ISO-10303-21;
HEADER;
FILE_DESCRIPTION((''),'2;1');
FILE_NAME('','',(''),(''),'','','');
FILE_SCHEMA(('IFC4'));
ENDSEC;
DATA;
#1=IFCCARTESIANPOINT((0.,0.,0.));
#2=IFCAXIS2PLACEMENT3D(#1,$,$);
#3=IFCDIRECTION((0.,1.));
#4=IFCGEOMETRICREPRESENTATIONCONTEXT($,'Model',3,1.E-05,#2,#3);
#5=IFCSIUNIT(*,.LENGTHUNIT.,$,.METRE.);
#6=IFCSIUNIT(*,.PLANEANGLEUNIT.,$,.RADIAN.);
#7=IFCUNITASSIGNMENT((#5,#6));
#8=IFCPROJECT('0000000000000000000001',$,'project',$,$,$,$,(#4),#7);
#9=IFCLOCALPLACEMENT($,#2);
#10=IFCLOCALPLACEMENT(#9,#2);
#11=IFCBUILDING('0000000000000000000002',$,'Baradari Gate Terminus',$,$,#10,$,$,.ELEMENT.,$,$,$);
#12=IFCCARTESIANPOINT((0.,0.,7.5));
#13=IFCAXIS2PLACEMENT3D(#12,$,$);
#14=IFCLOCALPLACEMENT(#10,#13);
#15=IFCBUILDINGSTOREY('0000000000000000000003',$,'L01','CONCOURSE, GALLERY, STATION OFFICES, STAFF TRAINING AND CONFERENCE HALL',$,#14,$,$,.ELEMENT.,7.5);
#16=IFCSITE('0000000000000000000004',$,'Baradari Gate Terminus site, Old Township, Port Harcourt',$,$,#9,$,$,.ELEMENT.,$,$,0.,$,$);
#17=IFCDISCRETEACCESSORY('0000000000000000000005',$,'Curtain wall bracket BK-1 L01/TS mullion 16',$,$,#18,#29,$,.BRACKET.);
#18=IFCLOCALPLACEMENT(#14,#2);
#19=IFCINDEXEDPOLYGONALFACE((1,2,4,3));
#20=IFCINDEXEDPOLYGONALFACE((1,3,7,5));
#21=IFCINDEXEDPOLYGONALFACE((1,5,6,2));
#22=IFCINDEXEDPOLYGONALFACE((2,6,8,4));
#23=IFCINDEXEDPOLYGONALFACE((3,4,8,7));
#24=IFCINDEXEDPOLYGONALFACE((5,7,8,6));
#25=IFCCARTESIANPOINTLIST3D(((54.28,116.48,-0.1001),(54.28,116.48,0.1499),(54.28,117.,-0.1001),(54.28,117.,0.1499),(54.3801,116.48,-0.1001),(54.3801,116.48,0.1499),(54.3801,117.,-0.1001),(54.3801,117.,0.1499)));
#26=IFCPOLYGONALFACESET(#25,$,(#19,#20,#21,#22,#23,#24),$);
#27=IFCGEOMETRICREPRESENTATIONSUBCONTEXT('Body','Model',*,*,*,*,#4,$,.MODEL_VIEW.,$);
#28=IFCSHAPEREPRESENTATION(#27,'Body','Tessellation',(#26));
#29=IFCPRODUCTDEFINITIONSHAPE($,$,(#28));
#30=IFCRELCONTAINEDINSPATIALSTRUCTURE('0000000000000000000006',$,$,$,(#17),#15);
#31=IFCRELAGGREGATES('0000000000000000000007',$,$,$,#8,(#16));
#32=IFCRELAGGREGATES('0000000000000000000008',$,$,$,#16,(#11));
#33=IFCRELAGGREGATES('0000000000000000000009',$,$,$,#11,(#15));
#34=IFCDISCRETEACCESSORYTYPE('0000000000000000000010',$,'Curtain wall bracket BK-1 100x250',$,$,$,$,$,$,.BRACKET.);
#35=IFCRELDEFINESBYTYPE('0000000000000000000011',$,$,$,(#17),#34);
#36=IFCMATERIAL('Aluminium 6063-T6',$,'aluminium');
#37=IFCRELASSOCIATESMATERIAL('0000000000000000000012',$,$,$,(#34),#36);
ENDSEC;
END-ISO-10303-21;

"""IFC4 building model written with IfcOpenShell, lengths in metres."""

from ifc_helpers import new_model, si_unit, direction, frame, origin, origin_2d, place, context, subcontext, project, spatial, rectangle, extrude, material, type_object, element, save


model = new_model("IFC4")

# Units and contexts
model_context = context("Model", 3, precision=1e-05, world=origin(), true_north=direction((0.0, 1.0)))
body_context = subcontext(model_context, "Body", "Model", "MODEL_VIEW")
ifc_project = project(units=[si_unit("LENGTHUNIT", "METRE"), si_unit("PLANEANGLEUNIT", "RADIAN")], contexts=[model_context])

# Site, building, storey
site_placement = place(None, origin())
site = spatial("IfcSite", under=ifc_project, at=site_placement, Name="Baradari Gate Terminus site, Old Township, Port Harcourt", CompositionType="ELEMENT", RefElevation=0.0)
building_placement = place(site_placement, origin())
building = spatial("IfcBuilding", under=site, at=building_placement, Name="Baradari Gate Terminus", CompositionType="ELEMENT")
storey_placement = place(building_placement, frame((0.0, 0.0, 7.5)))
storey = spatial("IfcBuildingStorey", under=building, at=storey_placement, Name="L01", Description="CONCOURSE, GALLERY, STATION OFFICES, STAFF TRAINING AND CONFERENCE HALL", CompositionType="ELEMENT", Elevation=7.5)

# Discrete accessory
ifc_material_1 = material(Name="Aluminium 6063-T6", Category="aluminium")
discrete_accessory_type = type_object("IfcDiscreteAccessoryType", Name="Curtain wall bracket BK-1 100x250", PredefinedType="BRACKET", material=ifc_material_1)
for number, where, z_axis, x_axis, name in (
    (1, (54.3301, 116.74, -0.1001), (0.0, 0.0, 1.0), (0.0, -1.0, 0.0), "Curtain wall bracket BK-1 L01/TS mullion 16"),
):
    element("IfcDiscreteAccessory", number, at=place(storey_placement, frame(where, z_axis=z_axis, x_axis=x_axis)), inside=storey, type_object=discrete_accessory_type, Name=name, PredefinedType="BRACKET", context=body_context, shape_type="SweptSolid", body=[
        extrude(rectangle(XDim=0.52, YDim=0.1001, at=origin_2d()), origin(), (0.0, 0.0, 1.0), 0.25),
    ])

save(model, "model.ifc")
